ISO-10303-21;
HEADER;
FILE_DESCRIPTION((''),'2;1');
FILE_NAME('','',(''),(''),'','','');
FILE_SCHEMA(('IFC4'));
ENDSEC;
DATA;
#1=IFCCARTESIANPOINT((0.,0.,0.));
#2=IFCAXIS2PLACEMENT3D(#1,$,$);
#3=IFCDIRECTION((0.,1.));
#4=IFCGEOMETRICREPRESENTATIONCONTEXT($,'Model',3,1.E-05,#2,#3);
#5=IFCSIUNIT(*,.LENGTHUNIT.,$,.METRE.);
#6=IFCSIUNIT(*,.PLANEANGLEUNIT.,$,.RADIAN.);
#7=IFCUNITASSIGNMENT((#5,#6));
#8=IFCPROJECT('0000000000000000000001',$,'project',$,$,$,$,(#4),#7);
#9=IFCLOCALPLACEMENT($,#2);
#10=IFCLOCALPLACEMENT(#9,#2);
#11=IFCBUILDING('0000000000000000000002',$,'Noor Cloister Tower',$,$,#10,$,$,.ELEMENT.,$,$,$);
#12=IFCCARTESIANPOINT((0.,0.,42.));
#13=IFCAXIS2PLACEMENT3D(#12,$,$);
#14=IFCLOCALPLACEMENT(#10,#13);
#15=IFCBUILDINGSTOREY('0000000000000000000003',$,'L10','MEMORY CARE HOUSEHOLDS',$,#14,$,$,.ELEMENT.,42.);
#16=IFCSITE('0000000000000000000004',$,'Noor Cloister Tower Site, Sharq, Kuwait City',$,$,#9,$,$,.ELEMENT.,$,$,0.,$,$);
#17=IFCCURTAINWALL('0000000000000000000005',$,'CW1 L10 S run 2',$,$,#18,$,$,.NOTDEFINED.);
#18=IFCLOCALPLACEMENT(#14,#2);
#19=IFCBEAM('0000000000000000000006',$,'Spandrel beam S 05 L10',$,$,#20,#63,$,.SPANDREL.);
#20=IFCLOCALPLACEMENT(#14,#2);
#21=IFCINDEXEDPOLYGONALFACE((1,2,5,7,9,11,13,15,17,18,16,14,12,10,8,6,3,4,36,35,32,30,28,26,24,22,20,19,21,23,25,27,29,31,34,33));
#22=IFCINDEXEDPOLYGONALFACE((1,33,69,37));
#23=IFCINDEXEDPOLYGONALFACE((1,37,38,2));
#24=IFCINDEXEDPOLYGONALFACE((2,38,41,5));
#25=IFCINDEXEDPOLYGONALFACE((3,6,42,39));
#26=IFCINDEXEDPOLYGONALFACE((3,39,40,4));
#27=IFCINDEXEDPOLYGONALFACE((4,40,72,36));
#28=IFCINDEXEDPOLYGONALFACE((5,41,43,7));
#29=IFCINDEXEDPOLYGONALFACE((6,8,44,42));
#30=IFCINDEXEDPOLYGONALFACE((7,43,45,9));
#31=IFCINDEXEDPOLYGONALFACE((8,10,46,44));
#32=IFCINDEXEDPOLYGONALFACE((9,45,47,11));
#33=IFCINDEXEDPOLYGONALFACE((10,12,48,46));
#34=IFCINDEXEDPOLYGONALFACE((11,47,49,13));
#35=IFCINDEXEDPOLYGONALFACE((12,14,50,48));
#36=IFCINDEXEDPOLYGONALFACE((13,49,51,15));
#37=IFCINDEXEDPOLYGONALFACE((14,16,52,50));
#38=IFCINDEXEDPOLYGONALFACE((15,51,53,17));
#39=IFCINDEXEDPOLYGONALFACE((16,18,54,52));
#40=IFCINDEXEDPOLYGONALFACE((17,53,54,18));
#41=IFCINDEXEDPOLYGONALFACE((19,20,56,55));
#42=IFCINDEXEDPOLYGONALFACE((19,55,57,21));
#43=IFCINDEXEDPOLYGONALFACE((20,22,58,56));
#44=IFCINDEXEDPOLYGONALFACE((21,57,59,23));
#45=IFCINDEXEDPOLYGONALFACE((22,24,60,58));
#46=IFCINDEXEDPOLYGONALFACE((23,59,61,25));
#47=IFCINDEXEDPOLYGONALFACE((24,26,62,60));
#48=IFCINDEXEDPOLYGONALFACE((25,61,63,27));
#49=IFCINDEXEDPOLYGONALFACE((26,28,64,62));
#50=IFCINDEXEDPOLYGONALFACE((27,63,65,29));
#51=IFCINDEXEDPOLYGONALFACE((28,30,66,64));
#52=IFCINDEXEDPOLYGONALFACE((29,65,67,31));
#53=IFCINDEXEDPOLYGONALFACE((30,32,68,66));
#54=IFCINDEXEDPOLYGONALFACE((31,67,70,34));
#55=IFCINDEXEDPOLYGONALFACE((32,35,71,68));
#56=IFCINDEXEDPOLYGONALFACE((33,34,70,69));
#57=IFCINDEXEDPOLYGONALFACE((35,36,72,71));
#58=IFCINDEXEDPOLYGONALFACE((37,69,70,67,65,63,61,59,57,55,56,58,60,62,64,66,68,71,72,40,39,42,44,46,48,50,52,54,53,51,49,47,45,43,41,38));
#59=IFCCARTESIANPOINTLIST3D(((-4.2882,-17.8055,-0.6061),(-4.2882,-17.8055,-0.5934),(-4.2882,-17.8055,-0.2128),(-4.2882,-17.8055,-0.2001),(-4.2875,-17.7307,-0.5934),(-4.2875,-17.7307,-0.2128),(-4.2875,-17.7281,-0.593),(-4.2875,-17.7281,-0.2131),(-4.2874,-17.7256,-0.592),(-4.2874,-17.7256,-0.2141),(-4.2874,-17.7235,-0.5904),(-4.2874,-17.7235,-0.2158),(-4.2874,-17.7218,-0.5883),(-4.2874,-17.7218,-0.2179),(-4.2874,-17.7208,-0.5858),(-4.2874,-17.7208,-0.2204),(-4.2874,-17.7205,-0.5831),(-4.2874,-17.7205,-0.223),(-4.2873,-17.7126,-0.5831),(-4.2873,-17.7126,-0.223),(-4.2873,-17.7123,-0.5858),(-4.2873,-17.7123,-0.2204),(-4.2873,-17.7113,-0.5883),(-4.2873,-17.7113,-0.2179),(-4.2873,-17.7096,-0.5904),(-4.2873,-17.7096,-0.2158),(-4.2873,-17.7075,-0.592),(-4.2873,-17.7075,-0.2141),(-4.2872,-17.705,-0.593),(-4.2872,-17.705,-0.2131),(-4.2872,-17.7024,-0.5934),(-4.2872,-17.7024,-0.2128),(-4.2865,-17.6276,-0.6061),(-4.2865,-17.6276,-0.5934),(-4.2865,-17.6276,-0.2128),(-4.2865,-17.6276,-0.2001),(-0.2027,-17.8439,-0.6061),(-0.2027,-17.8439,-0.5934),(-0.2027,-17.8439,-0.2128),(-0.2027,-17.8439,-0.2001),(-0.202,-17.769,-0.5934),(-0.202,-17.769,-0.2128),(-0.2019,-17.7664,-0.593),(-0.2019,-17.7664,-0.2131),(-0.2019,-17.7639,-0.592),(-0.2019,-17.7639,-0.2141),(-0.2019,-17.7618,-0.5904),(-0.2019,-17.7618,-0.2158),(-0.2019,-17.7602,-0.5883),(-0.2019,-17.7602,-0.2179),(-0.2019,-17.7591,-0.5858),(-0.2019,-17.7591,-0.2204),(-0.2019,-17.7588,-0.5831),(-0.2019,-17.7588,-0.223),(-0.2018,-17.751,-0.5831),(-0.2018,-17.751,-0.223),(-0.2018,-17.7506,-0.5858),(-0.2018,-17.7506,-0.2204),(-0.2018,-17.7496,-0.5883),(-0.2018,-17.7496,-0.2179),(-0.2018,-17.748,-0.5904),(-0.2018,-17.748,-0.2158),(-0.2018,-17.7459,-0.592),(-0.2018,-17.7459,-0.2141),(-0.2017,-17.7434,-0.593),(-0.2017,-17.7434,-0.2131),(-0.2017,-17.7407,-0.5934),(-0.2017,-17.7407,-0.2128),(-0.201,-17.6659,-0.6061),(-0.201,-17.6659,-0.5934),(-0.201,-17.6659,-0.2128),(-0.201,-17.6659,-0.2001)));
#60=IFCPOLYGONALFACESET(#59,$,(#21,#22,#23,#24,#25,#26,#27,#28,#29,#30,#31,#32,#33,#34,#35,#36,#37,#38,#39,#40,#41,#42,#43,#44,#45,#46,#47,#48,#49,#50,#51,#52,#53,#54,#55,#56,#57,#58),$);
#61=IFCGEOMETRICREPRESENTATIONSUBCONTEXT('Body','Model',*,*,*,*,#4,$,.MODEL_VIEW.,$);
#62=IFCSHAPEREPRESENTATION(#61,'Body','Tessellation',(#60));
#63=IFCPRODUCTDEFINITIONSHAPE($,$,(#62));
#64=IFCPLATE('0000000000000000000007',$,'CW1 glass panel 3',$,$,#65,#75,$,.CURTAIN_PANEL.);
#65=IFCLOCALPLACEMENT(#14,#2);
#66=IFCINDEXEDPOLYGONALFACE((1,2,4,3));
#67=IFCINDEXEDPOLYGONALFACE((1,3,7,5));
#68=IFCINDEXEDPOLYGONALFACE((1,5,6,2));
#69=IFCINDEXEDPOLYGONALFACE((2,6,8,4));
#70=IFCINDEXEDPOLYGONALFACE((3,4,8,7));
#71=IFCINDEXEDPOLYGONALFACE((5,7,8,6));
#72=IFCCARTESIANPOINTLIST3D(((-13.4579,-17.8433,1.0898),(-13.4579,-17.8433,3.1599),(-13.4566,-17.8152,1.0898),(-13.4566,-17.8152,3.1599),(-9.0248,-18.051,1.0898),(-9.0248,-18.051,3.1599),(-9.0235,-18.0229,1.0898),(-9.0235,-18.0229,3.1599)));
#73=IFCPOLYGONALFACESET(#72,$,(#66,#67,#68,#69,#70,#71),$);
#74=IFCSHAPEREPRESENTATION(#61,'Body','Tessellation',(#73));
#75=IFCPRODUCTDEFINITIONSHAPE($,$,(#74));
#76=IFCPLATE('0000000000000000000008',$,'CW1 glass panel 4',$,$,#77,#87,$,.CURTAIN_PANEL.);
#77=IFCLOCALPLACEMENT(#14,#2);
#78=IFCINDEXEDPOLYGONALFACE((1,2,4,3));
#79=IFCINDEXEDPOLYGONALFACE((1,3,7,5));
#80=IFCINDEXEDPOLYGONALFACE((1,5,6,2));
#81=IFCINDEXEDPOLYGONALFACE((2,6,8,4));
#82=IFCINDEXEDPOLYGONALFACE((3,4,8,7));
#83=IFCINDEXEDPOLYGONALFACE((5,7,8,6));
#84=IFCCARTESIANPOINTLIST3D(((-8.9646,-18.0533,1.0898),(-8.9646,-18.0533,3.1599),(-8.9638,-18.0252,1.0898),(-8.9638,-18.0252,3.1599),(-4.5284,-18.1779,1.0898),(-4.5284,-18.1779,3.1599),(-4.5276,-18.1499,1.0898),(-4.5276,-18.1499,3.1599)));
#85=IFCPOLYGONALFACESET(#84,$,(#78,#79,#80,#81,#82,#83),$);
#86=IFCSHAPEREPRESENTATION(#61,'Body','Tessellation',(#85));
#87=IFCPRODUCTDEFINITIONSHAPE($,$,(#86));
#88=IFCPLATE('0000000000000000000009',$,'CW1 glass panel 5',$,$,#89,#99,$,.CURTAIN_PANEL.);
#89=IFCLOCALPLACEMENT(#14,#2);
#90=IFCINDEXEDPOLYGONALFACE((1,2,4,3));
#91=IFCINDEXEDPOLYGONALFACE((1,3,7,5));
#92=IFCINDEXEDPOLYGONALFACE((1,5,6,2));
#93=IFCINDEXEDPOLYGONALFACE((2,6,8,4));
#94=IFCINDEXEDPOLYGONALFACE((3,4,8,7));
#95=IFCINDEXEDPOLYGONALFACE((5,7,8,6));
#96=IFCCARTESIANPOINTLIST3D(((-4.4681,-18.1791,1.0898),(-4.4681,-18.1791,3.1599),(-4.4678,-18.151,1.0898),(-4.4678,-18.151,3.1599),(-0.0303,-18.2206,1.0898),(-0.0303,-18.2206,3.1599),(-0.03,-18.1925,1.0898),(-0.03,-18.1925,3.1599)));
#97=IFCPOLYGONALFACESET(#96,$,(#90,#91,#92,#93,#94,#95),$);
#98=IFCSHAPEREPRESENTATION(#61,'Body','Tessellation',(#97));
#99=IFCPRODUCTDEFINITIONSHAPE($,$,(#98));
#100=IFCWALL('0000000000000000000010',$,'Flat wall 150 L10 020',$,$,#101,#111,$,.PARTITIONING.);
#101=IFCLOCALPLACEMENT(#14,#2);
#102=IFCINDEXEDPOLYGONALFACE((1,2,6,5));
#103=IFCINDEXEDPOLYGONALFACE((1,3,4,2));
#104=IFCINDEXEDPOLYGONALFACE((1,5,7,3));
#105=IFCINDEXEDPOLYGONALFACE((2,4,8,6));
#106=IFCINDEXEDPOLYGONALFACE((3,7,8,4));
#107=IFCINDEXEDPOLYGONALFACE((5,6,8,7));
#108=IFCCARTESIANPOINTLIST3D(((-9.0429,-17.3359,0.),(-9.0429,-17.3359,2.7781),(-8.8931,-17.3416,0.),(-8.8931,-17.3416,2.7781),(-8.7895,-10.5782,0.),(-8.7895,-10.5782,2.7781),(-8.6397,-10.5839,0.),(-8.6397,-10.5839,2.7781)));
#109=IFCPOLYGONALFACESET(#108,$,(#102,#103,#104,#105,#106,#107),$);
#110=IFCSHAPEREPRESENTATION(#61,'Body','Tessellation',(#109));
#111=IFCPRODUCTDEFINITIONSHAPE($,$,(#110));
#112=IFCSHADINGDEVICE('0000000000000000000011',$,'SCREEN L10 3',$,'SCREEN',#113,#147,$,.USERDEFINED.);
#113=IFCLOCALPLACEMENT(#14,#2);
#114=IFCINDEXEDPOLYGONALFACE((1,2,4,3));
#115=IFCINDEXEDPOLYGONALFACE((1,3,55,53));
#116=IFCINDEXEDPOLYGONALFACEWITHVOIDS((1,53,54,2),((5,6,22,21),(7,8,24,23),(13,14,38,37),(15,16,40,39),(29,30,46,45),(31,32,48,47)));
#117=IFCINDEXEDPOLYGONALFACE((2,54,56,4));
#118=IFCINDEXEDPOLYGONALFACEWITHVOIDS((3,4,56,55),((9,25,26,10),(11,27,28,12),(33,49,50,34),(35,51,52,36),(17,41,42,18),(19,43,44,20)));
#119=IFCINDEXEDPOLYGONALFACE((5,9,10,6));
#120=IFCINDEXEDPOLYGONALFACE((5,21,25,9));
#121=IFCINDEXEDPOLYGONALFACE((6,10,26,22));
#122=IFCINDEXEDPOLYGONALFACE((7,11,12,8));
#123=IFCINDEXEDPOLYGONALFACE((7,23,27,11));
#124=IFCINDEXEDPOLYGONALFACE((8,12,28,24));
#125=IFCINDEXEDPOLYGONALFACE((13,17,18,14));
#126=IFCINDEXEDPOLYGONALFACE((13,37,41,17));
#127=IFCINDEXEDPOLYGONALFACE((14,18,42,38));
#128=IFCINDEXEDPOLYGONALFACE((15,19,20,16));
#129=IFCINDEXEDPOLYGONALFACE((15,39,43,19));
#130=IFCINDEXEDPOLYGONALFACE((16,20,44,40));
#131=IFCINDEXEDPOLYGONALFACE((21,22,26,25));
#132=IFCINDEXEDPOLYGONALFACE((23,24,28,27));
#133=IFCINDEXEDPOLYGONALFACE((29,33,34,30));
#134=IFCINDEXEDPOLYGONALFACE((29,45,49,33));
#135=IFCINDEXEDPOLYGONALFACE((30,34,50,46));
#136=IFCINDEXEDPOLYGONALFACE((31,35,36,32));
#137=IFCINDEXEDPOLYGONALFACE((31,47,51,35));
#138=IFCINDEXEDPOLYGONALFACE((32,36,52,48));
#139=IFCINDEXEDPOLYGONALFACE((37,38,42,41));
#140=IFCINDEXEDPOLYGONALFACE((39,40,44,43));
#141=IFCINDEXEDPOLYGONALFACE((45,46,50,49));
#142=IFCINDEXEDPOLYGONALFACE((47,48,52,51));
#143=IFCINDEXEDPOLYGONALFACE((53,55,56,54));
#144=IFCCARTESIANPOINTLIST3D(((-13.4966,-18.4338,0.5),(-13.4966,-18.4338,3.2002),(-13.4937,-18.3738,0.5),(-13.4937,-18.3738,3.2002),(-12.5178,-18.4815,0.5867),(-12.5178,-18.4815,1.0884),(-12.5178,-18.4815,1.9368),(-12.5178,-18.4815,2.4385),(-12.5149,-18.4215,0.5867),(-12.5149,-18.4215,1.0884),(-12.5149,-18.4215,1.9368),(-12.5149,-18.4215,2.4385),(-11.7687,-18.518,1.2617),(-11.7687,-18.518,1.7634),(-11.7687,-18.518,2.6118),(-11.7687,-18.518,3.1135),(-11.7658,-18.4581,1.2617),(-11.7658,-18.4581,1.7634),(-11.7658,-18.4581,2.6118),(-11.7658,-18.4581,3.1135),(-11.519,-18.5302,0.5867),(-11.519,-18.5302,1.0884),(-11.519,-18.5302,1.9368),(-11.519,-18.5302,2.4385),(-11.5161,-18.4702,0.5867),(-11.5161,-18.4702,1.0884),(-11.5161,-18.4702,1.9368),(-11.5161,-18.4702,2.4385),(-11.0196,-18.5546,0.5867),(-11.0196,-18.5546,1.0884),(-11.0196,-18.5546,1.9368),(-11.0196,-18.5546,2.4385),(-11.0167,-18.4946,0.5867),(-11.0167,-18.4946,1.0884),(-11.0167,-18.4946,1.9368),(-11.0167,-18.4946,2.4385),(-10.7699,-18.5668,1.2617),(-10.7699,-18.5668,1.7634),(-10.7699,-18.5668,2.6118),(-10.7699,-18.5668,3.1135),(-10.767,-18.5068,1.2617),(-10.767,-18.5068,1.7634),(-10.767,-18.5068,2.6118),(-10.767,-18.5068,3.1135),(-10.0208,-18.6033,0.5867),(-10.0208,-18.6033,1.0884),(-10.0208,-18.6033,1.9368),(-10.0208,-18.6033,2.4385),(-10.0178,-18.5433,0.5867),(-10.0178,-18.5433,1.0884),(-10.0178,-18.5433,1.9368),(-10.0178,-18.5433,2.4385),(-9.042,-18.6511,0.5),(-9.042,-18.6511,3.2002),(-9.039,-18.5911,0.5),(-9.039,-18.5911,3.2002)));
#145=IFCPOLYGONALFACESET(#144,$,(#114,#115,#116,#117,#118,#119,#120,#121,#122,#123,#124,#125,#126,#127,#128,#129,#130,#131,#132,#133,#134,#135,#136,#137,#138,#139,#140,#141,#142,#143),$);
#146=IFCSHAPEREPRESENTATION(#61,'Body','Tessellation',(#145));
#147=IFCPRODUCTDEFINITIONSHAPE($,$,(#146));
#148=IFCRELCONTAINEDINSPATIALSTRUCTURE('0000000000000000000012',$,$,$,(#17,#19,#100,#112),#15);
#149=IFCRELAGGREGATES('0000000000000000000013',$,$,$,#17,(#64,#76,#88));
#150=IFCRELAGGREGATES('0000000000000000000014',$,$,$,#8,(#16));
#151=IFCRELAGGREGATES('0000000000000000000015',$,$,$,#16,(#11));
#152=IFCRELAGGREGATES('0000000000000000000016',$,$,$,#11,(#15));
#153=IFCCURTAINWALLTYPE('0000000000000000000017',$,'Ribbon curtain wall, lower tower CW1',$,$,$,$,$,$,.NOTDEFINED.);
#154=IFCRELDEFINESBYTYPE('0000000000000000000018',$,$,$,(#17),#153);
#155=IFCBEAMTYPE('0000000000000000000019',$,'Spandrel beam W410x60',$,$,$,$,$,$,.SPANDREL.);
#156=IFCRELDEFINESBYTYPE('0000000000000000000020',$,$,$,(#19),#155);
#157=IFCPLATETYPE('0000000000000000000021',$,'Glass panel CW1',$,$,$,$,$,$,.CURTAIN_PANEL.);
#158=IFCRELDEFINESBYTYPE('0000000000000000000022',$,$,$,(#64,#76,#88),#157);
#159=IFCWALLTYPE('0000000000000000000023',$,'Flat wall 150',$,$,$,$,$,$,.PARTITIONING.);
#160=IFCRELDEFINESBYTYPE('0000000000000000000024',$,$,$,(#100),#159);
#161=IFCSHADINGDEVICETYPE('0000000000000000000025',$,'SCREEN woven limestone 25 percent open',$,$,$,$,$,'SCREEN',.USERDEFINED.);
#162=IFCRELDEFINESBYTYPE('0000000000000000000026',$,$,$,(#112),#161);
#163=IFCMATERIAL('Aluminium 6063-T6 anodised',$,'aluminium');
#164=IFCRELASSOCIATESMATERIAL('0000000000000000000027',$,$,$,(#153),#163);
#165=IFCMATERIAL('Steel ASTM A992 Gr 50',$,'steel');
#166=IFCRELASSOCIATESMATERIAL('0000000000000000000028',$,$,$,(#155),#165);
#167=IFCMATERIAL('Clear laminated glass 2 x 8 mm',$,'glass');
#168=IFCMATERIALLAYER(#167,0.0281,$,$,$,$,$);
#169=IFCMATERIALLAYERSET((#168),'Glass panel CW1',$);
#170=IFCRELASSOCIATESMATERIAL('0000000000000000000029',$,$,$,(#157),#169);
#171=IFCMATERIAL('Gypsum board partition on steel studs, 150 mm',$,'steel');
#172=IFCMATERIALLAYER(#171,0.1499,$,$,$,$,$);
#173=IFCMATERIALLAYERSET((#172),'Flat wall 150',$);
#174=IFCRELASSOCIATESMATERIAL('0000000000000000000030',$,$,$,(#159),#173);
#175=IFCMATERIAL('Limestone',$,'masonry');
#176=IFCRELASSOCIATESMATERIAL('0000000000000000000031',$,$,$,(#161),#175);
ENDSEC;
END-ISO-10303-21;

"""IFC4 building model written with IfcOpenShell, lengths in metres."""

from ifc_helpers import new_model, si_unit, direction, frame, frame_2d, origin, origin_2d, place, context, subcontext, project, spatial, polyline, rectangle, i_section, outline, extrude, material, layer, layer_set, material_profile, profile_set, type_object, element, aggregate, save


model = new_model("IFC4")

# Units and contexts
model_context = context("Model", 3, precision=1e-05, world=origin(), true_north=direction((0.0, 1.0)))
body_context = subcontext(model_context, "Body", "Model", "MODEL_VIEW")
ifc_project = project(units=[si_unit("LENGTHUNIT", "METRE"), si_unit("PLANEANGLEUNIT", "RADIAN")], contexts=[model_context])

# Site, building, storey
site_placement = place(None, origin())
site = spatial("IfcSite", under=ifc_project, at=site_placement, Name="Noor Cloister Tower Site, Sharq, Kuwait City", CompositionType="ELEMENT", RefElevation=0.0)
building_placement = place(site_placement, origin())
building = spatial("IfcBuilding", under=site, at=building_placement, Name="Noor Cloister Tower", CompositionType="ELEMENT")
storey_placement = place(building_placement, frame((0.0, 0.0, 42.0)))
storey = spatial("IfcBuildingStorey", under=building, at=storey_placement, Name="L10", Description="MEMORY CARE HOUSEHOLDS", CompositionType="ELEMENT", Elevation=42.0)

# Curtain wall
ifc_material_1 = material(Name="Aluminium 6063-T6 anodised", Category="aluminium")
curtain_wall_type = type_object("IfcCurtainWallType", Name="Ribbon curtain wall, lower tower CW1", PredefinedType="NOTDEFINED", material=ifc_material_1)
curtain_wall_placement = place(storey_placement, origin())
curtain_wall = element("IfcCurtainWall", 1, at=curtain_wall_placement, inside=storey, type_object=curtain_wall_type, Name="CW1 L10 S run 2", PredefinedType="NOTDEFINED")

# Beam
ifc_material_2 = material(Name="Steel ASTM A992 Gr 50", Category="steel")
ifc_material_profile_1 = material_profile(ifc_material_2, i_section(OverallWidth=0.178, OverallDepth=0.406, WebThickness=0.0078, FlangeThickness=0.0127, FilletRadius=0.0103, at=origin_2d()), Name="W410x60")
ifc_profile_set_1 = profile_set([ifc_material_profile_1], Name="Steel ASTM A992 Gr 50")
beam_type_1 = type_object("IfcBeamType", Name="Spandrel beam W410x60", PredefinedType="SPANDREL", material=ifc_profile_set_1)
for number, where, z_axis, x_axis, name in (
    (2, (-4.2874, -17.7166, -0.4031), (0.999956, -0.009382, 0.0), (0.009382, 0.999956, 0.0), "Spandrel beam S 05 L10"),
):
    element("IfcBeam", number, at=place(storey_placement, frame(where, z_axis=z_axis, x_axis=x_axis)), inside=storey, type_object=beam_type_1, Name=name, PredefinedType="SPANDREL", context=body_context, shape_type="SweptSolid", body=[
        extrude(i_section(OverallWidth=0.178, OverallDepth=0.406, WebThickness=0.0078, FlangeThickness=0.0127, FilletRadius=0.0103, at=origin_2d()), origin(), (0.0, 0.0, 1.0), 4.0857),
    ])

# Plates
ifc_material_3 = material(Name="Clear laminated glass 2 x 8 mm", Category="glass")
ifc_layer_1 = layer(ifc_material_3, 0.0281)
ifc_layer_set_1 = layer_set([ifc_layer_1], Name="Glass panel CW1")
plate_type = type_object("IfcPlateType", Name="Glass panel CW1", PredefinedType="CURTAIN_PANEL", material=ifc_layer_set_1)
plate_1_placement = place(storey_placement, frame((-11.2407, -17.9331, 1.0898), z_axis=(0.0, 0.0, 1.0), x_axis=(0.998904, -0.046801, 0.0)))
plate_1 = element("IfcPlate", 3, at=plate_1_placement, type_object=plate_type, Name="CW1 glass panel 3", PredefinedType="CURTAIN_PANEL", context=body_context, shape_type="SweptSolid", body=[
    extrude(rectangle(XDim=4.438, YDim=0.0281, at=origin_2d()), origin(), (0.0, 0.0, 1.0), 2.0701),
])
plate_2_placement = place(storey_placement, frame((-6.7461, -18.1016, 1.0898), z_axis=(0.0, 0.0, 1.0), x_axis=(0.999605, -0.028087, 0.0)))
plate_2 = element("IfcPlate", 4, at=plate_2_placement, type_object=plate_type, Name="CW1 glass panel 4", PredefinedType="CURTAIN_PANEL", context=body_context, shape_type="SweptSolid", body=[
    extrude(rectangle(XDim=4.438, YDim=0.0281, at=origin_2d()), origin(), (0.0, 0.0, 1.0), 2.0701),
])
plate_3_placement = place(storey_placement, frame((-2.249, -18.1858, 1.0898), z_axis=(0.0, 0.0, 1.0), x_axis=(0.999956, -0.009364, 0.0)))
plate_3 = element("IfcPlate", 5, at=plate_3_placement, type_object=plate_type, Name="CW1 glass panel 5", PredefinedType="CURTAIN_PANEL", context=body_context, shape_type="SweptSolid", body=[
    extrude(rectangle(XDim=4.438, YDim=0.0281, at=origin_2d()), origin(), (0.0, 0.0, 1.0), 2.0701),
])
aggregate(curtain_wall, [plate_1, plate_2, plate_3])

# Wall
ifc_material_4 = material(Name="Gypsum board partition on steel studs, 150 mm", Category="steel")
ifc_layer_2 = layer(ifc_material_4, 0.1499)
ifc_layer_set_2 = layer_set([ifc_layer_2], Name="Flat wall 150")
wall_type = type_object("IfcWallType", Name="Flat wall 150", PredefinedType="PARTITIONING", material=ifc_layer_set_2)
wall_placement = place(storey_placement, frame((-8.968, -17.3389, 0.0), z_axis=(0.0, 0.0, 1.0), x_axis=(0.037474, 0.999298, 0.0)))
element("IfcWall", 6, at=wall_placement, inside=storey, type_object=wall_type, Name="Flat wall 150 L10 020", PredefinedType="PARTITIONING", context=body_context, shape_type="SweptSolid", body=[
    extrude(rectangle(XDim=6.7625, YDim=0.1499, at=frame_2d((3.3813, 0.0))), origin(), (0.0, 0.0, 1.0), 2.7781),
])

# Shading device
ifc_material_5 = material(Name="Limestone", Category="masonry")
ifc_material_profile_2 = material_profile(ifc_material_5, outline(polyline([(-2.23, -1.3501), (2.23, -1.3501), (2.23, 1.3501), (-2.23, 1.3501), (-2.23, -1.3501)]), holes=[polyline([(-1.25, -1.2634), (-0.25, -1.2634), (-0.25, -0.7617), (-1.25, -0.7617), (-1.25, -1.2634)]), polyline([(0.25, -1.2634), (1.25, -1.2634), (1.25, -0.7617), (0.25, -0.7617), (0.25, -1.2634)]), polyline([(-0.5, -0.5884), (0.5, -0.5884), (0.5, -0.0867), (-0.5, -0.0867), (-0.5, -0.5884)]), polyline([(-1.25, 0.0867), (-0.25, 0.0867), (-0.25, 0.5884), (-1.25, 0.5884), (-1.25, 0.0867)]), polyline([(0.25, 0.0867), (1.25, 0.0867), (1.25, 0.5884), (0.25, 0.5884), (0.25, 0.0867)]), polyline([(-0.5, 0.7617), (0.5, 0.7617), (0.5, 1.2634), (-0.5, 1.2634), (-0.5, 0.7617)])]), Name="Woven screen 25 percent open")
ifc_profile_set_2 = profile_set([ifc_material_profile_2], Name="Limestone")
shading_device_type = type_object("IfcShadingDeviceType", Name="SCREEN woven limestone 25 percent open", ElementType="SCREEN", PredefinedType="USERDEFINED", material=ifc_profile_set_2)
shading_device_placement = place(storey_placement, frame((-11.2664, -18.4824, 1.8501), z_axis=(-0.048723, -0.998812, 0.0), x_axis=(0.998812, -0.048723, 0.0)))
element("IfcShadingDevice", 7, at=shading_device_placement, inside=storey, type_object=shading_device_type, Name="SCREEN L10 3", ObjectType="SCREEN", PredefinedType="USERDEFINED", context=body_context, shape_type="SweptSolid", body=[
    extrude(outline(polyline([(-2.23, -1.3501), (2.23, -1.3501), (2.23, 1.3501), (-2.23, 1.3501), (-2.23, -1.3501)]), holes=[polyline([(-1.25, -1.2634), (-0.25, -1.2634), (-0.25, -0.7617), (-1.25, -0.7617), (-1.25, -1.2634)]), polyline([(0.25, -1.2634), (1.25, -1.2634), (1.25, -0.7617), (0.25, -0.7617), (0.25, -1.2634)]), polyline([(-0.5, -0.5884), (0.5, -0.5884), (0.5, -0.0867), (-0.5, -0.0867), (-0.5, -0.5884)]), polyline([(-1.25, 0.0867), (-0.25, 0.0867), (-0.25, 0.5884), (-1.25, 0.5884), (-1.25, 0.0867)]), polyline([(0.25, 0.0867), (1.25, 0.0867), (1.25, 0.5884), (0.25, 0.5884), (0.25, 0.0867)]), polyline([(-0.5, 0.7617), (0.5, 0.7617), (0.5, 1.2634), (-0.5, 1.2634), (-0.5, 0.7617)])]), origin(), (0.0, 0.0, 1.0), 0.0601),
])

save(model, "model.ifc")
